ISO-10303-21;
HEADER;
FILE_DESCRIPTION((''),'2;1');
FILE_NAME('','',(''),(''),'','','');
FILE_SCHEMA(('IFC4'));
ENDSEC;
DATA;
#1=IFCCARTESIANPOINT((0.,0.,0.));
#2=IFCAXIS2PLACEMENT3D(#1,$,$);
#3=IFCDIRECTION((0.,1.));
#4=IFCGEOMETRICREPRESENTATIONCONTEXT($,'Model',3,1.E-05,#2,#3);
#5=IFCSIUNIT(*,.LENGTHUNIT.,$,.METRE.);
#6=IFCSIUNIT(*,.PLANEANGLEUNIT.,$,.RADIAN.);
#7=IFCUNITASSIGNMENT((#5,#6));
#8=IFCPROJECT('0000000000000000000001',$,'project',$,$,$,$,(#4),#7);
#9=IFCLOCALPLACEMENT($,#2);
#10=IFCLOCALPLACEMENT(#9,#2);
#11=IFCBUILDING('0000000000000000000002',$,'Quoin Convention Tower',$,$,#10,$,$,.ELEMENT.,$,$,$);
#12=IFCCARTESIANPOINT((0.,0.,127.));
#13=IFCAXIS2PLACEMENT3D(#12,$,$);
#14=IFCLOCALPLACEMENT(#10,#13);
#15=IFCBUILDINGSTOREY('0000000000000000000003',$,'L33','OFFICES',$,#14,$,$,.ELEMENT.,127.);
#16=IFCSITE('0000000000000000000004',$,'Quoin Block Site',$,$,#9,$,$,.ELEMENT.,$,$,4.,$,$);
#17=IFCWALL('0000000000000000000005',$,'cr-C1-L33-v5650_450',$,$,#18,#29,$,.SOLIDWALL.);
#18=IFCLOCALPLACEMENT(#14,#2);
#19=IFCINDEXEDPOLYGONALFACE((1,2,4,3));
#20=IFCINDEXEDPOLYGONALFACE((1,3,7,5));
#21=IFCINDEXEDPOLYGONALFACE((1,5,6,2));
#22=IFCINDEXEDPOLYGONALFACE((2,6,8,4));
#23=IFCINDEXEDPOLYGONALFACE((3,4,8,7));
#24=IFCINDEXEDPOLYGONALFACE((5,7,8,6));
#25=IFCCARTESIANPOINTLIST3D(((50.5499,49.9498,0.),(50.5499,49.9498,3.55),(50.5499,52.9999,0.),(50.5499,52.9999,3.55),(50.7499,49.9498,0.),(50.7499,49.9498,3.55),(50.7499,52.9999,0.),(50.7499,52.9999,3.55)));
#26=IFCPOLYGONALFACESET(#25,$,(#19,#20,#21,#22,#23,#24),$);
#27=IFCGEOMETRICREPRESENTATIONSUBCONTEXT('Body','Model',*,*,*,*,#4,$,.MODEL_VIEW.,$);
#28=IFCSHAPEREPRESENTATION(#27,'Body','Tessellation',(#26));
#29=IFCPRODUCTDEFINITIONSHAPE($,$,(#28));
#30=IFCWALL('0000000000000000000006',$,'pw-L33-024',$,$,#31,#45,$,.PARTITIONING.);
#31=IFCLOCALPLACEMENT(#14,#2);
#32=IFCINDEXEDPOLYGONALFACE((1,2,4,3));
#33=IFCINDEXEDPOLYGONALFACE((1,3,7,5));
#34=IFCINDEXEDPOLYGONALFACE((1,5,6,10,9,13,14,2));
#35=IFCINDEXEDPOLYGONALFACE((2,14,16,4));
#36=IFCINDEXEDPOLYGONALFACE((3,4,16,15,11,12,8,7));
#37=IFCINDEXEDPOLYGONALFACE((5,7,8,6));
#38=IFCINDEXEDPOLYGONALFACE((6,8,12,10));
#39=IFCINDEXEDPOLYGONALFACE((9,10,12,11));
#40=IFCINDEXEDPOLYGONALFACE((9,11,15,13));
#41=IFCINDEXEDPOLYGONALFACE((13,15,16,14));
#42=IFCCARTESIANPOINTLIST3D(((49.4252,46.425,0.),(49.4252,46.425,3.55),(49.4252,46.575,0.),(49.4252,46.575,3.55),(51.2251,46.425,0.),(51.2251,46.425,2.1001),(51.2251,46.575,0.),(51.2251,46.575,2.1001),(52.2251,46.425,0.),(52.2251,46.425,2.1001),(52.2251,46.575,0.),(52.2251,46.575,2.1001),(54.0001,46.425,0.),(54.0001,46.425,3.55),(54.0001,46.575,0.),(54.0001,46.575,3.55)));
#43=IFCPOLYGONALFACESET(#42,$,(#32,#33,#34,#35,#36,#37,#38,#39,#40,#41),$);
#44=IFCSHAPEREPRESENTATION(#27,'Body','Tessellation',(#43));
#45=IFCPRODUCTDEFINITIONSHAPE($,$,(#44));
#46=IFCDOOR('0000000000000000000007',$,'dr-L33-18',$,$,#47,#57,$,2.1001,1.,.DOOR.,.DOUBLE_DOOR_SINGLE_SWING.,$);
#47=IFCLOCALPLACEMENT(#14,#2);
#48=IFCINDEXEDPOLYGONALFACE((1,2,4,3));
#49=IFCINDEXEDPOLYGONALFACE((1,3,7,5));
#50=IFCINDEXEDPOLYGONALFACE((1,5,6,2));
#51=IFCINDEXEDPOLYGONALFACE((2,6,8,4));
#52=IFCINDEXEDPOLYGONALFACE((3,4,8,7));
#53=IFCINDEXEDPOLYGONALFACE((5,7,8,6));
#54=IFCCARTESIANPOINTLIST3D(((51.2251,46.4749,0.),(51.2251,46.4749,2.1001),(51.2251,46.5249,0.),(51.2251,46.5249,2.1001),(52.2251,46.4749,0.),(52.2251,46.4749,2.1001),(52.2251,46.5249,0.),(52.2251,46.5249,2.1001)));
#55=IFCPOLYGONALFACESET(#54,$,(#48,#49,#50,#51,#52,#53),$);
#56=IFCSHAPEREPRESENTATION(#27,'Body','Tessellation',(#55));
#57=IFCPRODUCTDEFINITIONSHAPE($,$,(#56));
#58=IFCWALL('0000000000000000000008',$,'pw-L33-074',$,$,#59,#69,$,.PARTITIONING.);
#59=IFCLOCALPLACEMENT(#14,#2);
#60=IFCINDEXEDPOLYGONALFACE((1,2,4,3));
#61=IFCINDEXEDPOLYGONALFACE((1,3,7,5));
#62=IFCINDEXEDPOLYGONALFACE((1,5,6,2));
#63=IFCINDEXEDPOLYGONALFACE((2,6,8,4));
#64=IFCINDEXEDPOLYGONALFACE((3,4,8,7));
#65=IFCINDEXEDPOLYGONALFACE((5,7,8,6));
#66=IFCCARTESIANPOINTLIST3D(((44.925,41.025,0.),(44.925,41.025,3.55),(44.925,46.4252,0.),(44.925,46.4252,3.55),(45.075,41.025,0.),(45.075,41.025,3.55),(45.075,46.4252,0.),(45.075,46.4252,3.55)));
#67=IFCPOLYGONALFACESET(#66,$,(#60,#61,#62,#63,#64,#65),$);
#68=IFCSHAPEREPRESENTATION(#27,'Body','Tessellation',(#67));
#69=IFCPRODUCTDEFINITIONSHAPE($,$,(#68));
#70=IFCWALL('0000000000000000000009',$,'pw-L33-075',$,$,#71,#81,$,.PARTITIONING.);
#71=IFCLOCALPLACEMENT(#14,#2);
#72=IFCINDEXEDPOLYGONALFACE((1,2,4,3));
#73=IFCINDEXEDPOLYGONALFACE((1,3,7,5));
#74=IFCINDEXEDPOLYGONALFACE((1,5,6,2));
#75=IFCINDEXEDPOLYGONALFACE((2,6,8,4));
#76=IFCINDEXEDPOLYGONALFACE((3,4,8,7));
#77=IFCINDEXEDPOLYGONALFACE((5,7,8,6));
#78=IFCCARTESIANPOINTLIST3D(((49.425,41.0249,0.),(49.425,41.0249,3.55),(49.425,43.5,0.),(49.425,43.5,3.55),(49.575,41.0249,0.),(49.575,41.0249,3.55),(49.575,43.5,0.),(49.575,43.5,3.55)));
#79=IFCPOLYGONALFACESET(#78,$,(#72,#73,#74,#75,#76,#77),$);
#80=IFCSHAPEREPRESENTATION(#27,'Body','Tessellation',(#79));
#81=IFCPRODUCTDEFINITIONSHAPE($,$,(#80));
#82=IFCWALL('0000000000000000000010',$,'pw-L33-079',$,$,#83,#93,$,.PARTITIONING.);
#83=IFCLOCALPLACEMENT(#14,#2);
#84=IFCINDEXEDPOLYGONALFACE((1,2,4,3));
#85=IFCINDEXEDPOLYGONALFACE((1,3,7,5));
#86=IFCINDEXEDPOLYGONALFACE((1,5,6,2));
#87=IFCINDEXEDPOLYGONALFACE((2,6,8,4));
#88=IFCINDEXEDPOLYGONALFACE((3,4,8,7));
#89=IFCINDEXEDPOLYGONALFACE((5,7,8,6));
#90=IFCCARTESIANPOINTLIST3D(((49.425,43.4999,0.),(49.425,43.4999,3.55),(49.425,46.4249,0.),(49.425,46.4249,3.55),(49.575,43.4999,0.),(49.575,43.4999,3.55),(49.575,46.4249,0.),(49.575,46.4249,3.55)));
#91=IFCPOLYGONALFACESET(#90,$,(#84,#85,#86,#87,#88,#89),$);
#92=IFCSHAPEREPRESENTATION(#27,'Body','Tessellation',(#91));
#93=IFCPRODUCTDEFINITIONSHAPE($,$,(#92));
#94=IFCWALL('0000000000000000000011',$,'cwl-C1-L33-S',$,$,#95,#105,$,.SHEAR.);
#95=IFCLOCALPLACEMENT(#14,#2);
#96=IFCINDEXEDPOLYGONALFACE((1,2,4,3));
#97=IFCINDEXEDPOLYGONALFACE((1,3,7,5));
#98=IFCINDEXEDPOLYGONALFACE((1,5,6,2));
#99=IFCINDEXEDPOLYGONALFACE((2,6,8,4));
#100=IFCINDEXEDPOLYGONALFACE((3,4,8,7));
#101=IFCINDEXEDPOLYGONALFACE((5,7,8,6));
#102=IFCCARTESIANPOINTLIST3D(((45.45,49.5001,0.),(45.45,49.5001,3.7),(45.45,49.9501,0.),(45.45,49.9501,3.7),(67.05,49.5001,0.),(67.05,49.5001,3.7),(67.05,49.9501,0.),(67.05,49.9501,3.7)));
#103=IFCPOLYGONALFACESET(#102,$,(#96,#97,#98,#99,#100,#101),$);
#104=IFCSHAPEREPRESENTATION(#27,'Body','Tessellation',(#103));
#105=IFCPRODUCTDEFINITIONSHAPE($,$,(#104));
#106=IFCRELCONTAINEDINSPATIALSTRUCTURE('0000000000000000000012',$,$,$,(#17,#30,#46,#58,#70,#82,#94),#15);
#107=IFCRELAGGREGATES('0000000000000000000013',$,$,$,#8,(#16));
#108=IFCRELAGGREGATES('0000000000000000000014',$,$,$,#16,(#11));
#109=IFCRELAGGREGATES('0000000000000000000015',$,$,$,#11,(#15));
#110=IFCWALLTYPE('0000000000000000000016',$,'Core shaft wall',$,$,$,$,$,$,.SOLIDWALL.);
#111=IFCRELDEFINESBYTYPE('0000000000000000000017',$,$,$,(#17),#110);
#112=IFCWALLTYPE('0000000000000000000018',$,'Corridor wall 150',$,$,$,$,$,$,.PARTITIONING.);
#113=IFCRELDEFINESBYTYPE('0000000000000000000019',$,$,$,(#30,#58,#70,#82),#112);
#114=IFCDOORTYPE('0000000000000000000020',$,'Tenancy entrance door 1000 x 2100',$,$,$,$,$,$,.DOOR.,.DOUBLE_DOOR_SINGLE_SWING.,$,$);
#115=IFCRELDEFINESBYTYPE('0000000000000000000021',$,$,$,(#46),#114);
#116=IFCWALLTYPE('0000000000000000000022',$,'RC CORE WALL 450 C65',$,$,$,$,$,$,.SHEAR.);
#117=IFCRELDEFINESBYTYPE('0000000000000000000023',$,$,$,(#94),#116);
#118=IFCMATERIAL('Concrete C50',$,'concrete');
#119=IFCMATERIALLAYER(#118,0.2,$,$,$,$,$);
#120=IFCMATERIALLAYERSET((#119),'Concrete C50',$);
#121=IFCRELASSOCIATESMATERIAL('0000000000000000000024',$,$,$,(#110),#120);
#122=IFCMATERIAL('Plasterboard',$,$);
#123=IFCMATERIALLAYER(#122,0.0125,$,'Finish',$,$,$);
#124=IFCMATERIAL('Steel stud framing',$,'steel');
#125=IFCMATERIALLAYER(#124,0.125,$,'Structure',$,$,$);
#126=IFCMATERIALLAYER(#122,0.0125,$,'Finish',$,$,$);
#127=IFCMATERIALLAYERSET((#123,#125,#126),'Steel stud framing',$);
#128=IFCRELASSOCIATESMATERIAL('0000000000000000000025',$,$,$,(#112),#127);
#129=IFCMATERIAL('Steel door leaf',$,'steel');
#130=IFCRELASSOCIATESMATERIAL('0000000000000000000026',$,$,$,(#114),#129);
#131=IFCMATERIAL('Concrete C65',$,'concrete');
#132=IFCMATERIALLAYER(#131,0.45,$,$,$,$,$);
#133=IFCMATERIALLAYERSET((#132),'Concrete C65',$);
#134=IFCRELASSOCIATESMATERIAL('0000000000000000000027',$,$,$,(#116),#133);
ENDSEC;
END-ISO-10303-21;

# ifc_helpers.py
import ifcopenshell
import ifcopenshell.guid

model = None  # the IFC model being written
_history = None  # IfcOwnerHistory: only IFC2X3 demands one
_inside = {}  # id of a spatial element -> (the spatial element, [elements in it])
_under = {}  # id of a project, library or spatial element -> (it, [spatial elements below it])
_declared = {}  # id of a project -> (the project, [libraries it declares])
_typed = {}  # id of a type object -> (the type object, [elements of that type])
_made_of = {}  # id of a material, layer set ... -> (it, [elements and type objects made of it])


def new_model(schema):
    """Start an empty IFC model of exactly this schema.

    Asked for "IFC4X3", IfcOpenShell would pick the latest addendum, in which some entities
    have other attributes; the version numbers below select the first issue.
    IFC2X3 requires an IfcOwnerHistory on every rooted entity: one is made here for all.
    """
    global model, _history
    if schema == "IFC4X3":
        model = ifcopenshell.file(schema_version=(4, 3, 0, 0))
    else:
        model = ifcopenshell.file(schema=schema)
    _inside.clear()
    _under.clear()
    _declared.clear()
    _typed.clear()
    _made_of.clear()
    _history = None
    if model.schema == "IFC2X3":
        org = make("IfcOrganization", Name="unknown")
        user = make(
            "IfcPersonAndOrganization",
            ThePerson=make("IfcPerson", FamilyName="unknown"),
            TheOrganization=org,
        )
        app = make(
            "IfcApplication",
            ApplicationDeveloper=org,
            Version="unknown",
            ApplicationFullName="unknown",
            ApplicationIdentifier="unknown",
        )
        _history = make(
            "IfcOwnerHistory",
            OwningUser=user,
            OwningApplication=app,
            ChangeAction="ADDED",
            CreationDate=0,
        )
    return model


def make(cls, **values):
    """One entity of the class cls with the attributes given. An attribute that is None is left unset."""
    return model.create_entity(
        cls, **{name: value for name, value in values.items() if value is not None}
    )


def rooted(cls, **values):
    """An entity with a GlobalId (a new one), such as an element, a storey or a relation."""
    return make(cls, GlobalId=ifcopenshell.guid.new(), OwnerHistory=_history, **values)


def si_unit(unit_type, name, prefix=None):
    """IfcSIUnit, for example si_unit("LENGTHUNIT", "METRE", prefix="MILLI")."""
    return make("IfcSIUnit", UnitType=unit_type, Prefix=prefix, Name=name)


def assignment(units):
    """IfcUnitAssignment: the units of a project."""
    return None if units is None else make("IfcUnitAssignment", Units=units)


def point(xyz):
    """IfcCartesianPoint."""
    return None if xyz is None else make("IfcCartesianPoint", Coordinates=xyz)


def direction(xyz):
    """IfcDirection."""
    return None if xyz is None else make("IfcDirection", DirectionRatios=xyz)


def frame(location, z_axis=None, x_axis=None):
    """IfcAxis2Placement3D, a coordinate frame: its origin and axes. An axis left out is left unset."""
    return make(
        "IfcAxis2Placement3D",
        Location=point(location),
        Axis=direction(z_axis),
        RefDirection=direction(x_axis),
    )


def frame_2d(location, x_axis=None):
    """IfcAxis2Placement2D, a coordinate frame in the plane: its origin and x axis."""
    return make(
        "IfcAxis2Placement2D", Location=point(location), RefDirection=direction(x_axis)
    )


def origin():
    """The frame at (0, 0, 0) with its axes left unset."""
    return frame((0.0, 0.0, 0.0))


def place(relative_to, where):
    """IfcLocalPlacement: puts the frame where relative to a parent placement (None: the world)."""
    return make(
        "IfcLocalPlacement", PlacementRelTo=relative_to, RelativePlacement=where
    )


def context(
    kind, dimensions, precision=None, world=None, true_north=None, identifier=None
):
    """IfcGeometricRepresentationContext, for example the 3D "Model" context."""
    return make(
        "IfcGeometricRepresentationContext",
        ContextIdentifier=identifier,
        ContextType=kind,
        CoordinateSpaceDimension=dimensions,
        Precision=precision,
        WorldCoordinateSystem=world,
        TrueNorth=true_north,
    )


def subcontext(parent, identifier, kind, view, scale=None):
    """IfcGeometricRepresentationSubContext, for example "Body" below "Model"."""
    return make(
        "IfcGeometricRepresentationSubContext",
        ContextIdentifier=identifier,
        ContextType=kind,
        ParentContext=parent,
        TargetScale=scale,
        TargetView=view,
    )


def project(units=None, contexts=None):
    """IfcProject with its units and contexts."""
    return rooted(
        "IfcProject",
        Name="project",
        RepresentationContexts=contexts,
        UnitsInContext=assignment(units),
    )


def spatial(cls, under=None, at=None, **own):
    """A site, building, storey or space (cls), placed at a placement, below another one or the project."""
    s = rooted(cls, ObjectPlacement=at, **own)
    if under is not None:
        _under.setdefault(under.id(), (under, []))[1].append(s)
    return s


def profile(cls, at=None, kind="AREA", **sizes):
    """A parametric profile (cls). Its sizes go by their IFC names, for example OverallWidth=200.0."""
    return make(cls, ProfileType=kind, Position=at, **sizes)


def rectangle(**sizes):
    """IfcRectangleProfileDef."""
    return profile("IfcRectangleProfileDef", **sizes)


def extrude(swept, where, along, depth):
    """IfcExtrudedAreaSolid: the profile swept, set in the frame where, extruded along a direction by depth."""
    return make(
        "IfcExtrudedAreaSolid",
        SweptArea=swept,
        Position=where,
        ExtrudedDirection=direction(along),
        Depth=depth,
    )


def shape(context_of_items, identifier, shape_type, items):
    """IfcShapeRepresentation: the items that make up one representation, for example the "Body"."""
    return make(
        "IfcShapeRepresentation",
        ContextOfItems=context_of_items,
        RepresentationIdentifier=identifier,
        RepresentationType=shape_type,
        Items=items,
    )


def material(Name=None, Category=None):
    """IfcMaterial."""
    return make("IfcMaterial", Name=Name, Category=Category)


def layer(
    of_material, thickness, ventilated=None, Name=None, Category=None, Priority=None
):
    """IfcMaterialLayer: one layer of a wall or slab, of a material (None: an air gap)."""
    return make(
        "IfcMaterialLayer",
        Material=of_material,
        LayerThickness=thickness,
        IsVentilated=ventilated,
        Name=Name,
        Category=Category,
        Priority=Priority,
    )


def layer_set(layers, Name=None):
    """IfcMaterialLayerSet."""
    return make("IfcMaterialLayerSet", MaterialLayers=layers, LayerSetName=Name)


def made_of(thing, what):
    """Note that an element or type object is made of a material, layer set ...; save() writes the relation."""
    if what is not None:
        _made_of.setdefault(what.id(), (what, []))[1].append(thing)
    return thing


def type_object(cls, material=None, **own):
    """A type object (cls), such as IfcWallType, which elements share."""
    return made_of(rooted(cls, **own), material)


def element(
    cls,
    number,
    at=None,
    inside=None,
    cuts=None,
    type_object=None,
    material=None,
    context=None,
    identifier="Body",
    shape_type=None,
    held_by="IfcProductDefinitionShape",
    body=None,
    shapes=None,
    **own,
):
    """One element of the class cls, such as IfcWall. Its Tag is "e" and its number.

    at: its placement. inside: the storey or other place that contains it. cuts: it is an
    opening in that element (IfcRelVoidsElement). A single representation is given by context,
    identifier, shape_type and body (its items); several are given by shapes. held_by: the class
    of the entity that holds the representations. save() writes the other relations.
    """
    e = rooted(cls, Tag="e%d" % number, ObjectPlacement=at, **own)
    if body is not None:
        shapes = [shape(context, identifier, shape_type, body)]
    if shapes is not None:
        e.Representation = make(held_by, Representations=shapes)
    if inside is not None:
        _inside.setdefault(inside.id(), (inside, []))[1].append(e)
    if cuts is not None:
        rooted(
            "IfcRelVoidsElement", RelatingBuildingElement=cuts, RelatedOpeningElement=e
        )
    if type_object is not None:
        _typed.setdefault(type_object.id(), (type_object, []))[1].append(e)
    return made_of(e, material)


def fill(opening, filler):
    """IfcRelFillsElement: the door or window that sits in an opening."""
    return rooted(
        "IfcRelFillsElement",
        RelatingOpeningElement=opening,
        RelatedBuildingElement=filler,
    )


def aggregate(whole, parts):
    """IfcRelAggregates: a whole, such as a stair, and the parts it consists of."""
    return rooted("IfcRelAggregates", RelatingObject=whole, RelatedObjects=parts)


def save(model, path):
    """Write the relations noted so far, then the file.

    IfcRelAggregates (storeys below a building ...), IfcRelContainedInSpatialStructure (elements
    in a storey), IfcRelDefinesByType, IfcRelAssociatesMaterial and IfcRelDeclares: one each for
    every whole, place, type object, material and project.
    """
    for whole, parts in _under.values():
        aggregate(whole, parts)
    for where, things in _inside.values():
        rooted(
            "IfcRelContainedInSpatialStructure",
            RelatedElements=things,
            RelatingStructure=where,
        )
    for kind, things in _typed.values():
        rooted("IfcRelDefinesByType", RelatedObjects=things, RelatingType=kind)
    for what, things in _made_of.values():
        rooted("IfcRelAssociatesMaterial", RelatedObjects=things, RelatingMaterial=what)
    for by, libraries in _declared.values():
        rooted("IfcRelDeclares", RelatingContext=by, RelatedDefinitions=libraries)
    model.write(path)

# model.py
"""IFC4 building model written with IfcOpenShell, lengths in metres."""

from ifc_helpers import new_model, si_unit, direction, frame, frame_2d, origin, place, context, subcontext, project, spatial, rectangle, extrude, material, layer, layer_set, type_object, element, fill, save


model = new_model("IFC4")

# Units and contexts
model_context = context("Model", 3, precision=1e-05, world=origin(), true_north=direction((0.0, 1.0)))
body_context = subcontext(model_context, "Body", "Model", "MODEL_VIEW")
ifc_project = project(units=[si_unit("LENGTHUNIT", "METRE"), si_unit("PLANEANGLEUNIT", "RADIAN")], contexts=[model_context])

# Site, building, storey
site_placement = place(None, origin())
site = spatial("IfcSite", under=ifc_project, at=site_placement, Name="Quoin Block Site", CompositionType="ELEMENT", RefElevation=4.0)
building_placement = place(site_placement, origin())
building = spatial("IfcBuilding", under=site, at=building_placement, Name="Quoin Convention Tower", CompositionType="ELEMENT")
storey_placement = place(building_placement, frame((0.0, 0.0, 127.0)))
storey = spatial("IfcBuildingStorey", under=building, at=storey_placement, Name="L33", Description="OFFICES", CompositionType="ELEMENT", Elevation=127.0)

# Wall
ifc_material_1 = material(Name="Plasterboard")
ifc_material_2 = material(Name="Steel stud framing", Category="steel")
ifc_material_3 = material(Name="Concrete C50", Category="concrete")
ifc_layer_1 = layer(ifc_material_3, 0.2)
ifc_layer_set_1 = layer_set([ifc_layer_1], Name="Concrete C50")
wall_type_1 = type_object("IfcWallType", Name="Core shaft wall", PredefinedType="SOLIDWALL", material=ifc_layer_set_1)
wall_1_placement = place(storey_placement, frame((50.6499, 49.95, 0.0), z_axis=(0.0, 0.0, 1.0), x_axis=(0.0, 1.0, 0.0)))
element("IfcWall", 1, at=wall_1_placement, inside=storey, type_object=wall_type_1, Name="cr-C1-L33-v5650_450", PredefinedType="SOLIDWALL", context=body_context, shape_type="SweptSolid", body=[
    extrude(rectangle(XDim=3.05, YDim=0.2, at=frame_2d((1.5249, 0.0))), origin(), (0.0, 0.0, 1.0), 3.55),
])

# Wall, opening, door
ifc_layer_2 = layer(ifc_material_1, 0.0125, Name="Finish")
ifc_layer_3 = layer(ifc_material_2, 0.125, Name="Structure")
ifc_layer_4 = layer(ifc_material_1, 0.0125, Name="Finish")
ifc_layer_set_2 = layer_set([ifc_layer_2, ifc_layer_3, ifc_layer_4], Name="Steel stud framing")
wall_type_2 = type_object("IfcWallType", Name="Corridor wall 150", PredefinedType="PARTITIONING", material=ifc_layer_set_2)
wall_2_placement = place(storey_placement, frame((49.425, 46.5, 0.0), z_axis=(0.0, 0.0, 1.0), x_axis=(1.0, 0.0, 0.0)))
wall_2 = element("IfcWall", 2, at=wall_2_placement, inside=storey, type_object=wall_type_2, Name="pw-L33-024", PredefinedType="PARTITIONING", context=body_context, shape_type="SweptSolid", body=[
    extrude(rectangle(XDim=4.575, YDim=0.1499, at=frame_2d((2.2876, 0.0))), origin(), (0.0, 0.0, 1.0), 3.55),
])
opening_1_placement = place(wall_2_placement, frame((1.8, 0.0, 0.0)))
opening_1 = element("IfcOpeningElement", 3, at=opening_1_placement, cuts=wall_2, PredefinedType="OPENING", context=body_context, shape_type="SweptSolid", body=[
    extrude(rectangle(XDim=1.0, YDim=2.1001, at=frame_2d((0.5, 1.05))), frame((0.0, 0.085, 0.0), z_axis=(0.0, -1.0, 0.0), x_axis=(1.0, 0.0, 0.0)), (0.0, 0.0, 1.0), 0.1699),
])
ifc_material_4 = material(Name="Steel door leaf", Category="steel")
door_type_1 = type_object("IfcDoorType", Name="Tenancy entrance door 1000 x 2100", OperationType="DOUBLE_DOOR_SINGLE_SWING", PredefinedType="DOOR", material=ifc_material_4)
door_1_placement = place(opening_1_placement, origin())
door_1 = element("IfcDoor", 4, at=door_1_placement, inside=storey, type_object=door_type_1, Name="dr-L33-18", OperationType="DOUBLE_DOOR_SINGLE_SWING", OverallHeight=2.1001, OverallWidth=1.0, PredefinedType="DOOR", context=body_context, shape_type="SweptSolid", body=[
    extrude(rectangle(XDim=1.0, YDim=2.1001, at=frame_2d((0.5, 1.05))), frame((0.0, 0.0249, 0.0), z_axis=(0.0, -1.0, 0.0), x_axis=(1.0, 0.0, 0.0)), (0.0, 0.0, 1.0), 0.05),
])
fill(opening_1, door_1)

# Walls
wall_3_placement = place(storey_placement, frame((45.0, 41.0249, 0.0), z_axis=(0.0, 0.0, 1.0), x_axis=(0.0, 1.0, 0.0)))
element("IfcWall", 5, at=wall_3_placement, inside=storey, type_object=wall_type_2, Name="pw-L33-074", PredefinedType="PARTITIONING", context=body_context, shape_type="SweptSolid", body=[
    extrude(rectangle(XDim=5.4001, YDim=0.1499, at=frame_2d((2.7002, 0.0))), origin(), (0.0, 0.0, 1.0), 3.55),
])
wall_4_placement = place(storey_placement, frame((49.5, 41.0249, 0.0), z_axis=(0.0, 0.0, 1.0), x_axis=(0.0, 1.0, 0.0)))
element("IfcWall", 6, at=wall_4_placement, inside=storey, type_object=wall_type_2, Name="pw-L33-075", PredefinedType="PARTITIONING", context=body_context, shape_type="SweptSolid", body=[
    extrude(rectangle(XDim=2.4751, YDim=0.1499, at=frame_2d((1.2375, 0.0))), origin(), (0.0, 0.0, 1.0), 3.55),
])
wall_5_placement = place(storey_placement, frame((49.5, 43.5, 0.0), z_axis=(0.0, 0.0, 1.0), x_axis=(0.0, 1.0, 0.0)))
element("IfcWall", 7, at=wall_5_placement, inside=storey, type_object=wall_type_2, Name="pw-L33-079", PredefinedType="PARTITIONING", context=body_context, shape_type="SweptSolid", body=[
    extrude(rectangle(XDim=2.925, YDim=0.1499, at=frame_2d((1.4624, 0.0))), origin(), (0.0, 0.0, 1.0), 3.55),
])
ifc_material_5 = material(Name="Concrete C65", Category="concrete")
ifc_layer_5 = layer(ifc_material_5, 0.45)
ifc_layer_set_3 = layer_set([ifc_layer_5], Name="Concrete C65")
wall_type_3 = type_object("IfcWallType", Name="RC CORE WALL 450 C65", PredefinedType="SHEAR", material=ifc_layer_set_3)
wall_6_placement = place(storey_placement, frame((45.45, 49.7251, 0.0), z_axis=(0.0, 0.0, 1.0), x_axis=(1.0, 0.0, 0.0)))
element("IfcWall", 8, at=wall_6_placement, inside=storey, type_object=wall_type_3, Name="cwl-C1-L33-S", PredefinedType="SHEAR", context=body_context, shape_type="SweptSolid", body=[
    extrude(rectangle(XDim=21.6001, YDim=0.45, at=frame_2d((10.8, 0.0))), origin(), (0.0, 0.0, 1.0), 3.7),
])

save(model, "model.ifc")
